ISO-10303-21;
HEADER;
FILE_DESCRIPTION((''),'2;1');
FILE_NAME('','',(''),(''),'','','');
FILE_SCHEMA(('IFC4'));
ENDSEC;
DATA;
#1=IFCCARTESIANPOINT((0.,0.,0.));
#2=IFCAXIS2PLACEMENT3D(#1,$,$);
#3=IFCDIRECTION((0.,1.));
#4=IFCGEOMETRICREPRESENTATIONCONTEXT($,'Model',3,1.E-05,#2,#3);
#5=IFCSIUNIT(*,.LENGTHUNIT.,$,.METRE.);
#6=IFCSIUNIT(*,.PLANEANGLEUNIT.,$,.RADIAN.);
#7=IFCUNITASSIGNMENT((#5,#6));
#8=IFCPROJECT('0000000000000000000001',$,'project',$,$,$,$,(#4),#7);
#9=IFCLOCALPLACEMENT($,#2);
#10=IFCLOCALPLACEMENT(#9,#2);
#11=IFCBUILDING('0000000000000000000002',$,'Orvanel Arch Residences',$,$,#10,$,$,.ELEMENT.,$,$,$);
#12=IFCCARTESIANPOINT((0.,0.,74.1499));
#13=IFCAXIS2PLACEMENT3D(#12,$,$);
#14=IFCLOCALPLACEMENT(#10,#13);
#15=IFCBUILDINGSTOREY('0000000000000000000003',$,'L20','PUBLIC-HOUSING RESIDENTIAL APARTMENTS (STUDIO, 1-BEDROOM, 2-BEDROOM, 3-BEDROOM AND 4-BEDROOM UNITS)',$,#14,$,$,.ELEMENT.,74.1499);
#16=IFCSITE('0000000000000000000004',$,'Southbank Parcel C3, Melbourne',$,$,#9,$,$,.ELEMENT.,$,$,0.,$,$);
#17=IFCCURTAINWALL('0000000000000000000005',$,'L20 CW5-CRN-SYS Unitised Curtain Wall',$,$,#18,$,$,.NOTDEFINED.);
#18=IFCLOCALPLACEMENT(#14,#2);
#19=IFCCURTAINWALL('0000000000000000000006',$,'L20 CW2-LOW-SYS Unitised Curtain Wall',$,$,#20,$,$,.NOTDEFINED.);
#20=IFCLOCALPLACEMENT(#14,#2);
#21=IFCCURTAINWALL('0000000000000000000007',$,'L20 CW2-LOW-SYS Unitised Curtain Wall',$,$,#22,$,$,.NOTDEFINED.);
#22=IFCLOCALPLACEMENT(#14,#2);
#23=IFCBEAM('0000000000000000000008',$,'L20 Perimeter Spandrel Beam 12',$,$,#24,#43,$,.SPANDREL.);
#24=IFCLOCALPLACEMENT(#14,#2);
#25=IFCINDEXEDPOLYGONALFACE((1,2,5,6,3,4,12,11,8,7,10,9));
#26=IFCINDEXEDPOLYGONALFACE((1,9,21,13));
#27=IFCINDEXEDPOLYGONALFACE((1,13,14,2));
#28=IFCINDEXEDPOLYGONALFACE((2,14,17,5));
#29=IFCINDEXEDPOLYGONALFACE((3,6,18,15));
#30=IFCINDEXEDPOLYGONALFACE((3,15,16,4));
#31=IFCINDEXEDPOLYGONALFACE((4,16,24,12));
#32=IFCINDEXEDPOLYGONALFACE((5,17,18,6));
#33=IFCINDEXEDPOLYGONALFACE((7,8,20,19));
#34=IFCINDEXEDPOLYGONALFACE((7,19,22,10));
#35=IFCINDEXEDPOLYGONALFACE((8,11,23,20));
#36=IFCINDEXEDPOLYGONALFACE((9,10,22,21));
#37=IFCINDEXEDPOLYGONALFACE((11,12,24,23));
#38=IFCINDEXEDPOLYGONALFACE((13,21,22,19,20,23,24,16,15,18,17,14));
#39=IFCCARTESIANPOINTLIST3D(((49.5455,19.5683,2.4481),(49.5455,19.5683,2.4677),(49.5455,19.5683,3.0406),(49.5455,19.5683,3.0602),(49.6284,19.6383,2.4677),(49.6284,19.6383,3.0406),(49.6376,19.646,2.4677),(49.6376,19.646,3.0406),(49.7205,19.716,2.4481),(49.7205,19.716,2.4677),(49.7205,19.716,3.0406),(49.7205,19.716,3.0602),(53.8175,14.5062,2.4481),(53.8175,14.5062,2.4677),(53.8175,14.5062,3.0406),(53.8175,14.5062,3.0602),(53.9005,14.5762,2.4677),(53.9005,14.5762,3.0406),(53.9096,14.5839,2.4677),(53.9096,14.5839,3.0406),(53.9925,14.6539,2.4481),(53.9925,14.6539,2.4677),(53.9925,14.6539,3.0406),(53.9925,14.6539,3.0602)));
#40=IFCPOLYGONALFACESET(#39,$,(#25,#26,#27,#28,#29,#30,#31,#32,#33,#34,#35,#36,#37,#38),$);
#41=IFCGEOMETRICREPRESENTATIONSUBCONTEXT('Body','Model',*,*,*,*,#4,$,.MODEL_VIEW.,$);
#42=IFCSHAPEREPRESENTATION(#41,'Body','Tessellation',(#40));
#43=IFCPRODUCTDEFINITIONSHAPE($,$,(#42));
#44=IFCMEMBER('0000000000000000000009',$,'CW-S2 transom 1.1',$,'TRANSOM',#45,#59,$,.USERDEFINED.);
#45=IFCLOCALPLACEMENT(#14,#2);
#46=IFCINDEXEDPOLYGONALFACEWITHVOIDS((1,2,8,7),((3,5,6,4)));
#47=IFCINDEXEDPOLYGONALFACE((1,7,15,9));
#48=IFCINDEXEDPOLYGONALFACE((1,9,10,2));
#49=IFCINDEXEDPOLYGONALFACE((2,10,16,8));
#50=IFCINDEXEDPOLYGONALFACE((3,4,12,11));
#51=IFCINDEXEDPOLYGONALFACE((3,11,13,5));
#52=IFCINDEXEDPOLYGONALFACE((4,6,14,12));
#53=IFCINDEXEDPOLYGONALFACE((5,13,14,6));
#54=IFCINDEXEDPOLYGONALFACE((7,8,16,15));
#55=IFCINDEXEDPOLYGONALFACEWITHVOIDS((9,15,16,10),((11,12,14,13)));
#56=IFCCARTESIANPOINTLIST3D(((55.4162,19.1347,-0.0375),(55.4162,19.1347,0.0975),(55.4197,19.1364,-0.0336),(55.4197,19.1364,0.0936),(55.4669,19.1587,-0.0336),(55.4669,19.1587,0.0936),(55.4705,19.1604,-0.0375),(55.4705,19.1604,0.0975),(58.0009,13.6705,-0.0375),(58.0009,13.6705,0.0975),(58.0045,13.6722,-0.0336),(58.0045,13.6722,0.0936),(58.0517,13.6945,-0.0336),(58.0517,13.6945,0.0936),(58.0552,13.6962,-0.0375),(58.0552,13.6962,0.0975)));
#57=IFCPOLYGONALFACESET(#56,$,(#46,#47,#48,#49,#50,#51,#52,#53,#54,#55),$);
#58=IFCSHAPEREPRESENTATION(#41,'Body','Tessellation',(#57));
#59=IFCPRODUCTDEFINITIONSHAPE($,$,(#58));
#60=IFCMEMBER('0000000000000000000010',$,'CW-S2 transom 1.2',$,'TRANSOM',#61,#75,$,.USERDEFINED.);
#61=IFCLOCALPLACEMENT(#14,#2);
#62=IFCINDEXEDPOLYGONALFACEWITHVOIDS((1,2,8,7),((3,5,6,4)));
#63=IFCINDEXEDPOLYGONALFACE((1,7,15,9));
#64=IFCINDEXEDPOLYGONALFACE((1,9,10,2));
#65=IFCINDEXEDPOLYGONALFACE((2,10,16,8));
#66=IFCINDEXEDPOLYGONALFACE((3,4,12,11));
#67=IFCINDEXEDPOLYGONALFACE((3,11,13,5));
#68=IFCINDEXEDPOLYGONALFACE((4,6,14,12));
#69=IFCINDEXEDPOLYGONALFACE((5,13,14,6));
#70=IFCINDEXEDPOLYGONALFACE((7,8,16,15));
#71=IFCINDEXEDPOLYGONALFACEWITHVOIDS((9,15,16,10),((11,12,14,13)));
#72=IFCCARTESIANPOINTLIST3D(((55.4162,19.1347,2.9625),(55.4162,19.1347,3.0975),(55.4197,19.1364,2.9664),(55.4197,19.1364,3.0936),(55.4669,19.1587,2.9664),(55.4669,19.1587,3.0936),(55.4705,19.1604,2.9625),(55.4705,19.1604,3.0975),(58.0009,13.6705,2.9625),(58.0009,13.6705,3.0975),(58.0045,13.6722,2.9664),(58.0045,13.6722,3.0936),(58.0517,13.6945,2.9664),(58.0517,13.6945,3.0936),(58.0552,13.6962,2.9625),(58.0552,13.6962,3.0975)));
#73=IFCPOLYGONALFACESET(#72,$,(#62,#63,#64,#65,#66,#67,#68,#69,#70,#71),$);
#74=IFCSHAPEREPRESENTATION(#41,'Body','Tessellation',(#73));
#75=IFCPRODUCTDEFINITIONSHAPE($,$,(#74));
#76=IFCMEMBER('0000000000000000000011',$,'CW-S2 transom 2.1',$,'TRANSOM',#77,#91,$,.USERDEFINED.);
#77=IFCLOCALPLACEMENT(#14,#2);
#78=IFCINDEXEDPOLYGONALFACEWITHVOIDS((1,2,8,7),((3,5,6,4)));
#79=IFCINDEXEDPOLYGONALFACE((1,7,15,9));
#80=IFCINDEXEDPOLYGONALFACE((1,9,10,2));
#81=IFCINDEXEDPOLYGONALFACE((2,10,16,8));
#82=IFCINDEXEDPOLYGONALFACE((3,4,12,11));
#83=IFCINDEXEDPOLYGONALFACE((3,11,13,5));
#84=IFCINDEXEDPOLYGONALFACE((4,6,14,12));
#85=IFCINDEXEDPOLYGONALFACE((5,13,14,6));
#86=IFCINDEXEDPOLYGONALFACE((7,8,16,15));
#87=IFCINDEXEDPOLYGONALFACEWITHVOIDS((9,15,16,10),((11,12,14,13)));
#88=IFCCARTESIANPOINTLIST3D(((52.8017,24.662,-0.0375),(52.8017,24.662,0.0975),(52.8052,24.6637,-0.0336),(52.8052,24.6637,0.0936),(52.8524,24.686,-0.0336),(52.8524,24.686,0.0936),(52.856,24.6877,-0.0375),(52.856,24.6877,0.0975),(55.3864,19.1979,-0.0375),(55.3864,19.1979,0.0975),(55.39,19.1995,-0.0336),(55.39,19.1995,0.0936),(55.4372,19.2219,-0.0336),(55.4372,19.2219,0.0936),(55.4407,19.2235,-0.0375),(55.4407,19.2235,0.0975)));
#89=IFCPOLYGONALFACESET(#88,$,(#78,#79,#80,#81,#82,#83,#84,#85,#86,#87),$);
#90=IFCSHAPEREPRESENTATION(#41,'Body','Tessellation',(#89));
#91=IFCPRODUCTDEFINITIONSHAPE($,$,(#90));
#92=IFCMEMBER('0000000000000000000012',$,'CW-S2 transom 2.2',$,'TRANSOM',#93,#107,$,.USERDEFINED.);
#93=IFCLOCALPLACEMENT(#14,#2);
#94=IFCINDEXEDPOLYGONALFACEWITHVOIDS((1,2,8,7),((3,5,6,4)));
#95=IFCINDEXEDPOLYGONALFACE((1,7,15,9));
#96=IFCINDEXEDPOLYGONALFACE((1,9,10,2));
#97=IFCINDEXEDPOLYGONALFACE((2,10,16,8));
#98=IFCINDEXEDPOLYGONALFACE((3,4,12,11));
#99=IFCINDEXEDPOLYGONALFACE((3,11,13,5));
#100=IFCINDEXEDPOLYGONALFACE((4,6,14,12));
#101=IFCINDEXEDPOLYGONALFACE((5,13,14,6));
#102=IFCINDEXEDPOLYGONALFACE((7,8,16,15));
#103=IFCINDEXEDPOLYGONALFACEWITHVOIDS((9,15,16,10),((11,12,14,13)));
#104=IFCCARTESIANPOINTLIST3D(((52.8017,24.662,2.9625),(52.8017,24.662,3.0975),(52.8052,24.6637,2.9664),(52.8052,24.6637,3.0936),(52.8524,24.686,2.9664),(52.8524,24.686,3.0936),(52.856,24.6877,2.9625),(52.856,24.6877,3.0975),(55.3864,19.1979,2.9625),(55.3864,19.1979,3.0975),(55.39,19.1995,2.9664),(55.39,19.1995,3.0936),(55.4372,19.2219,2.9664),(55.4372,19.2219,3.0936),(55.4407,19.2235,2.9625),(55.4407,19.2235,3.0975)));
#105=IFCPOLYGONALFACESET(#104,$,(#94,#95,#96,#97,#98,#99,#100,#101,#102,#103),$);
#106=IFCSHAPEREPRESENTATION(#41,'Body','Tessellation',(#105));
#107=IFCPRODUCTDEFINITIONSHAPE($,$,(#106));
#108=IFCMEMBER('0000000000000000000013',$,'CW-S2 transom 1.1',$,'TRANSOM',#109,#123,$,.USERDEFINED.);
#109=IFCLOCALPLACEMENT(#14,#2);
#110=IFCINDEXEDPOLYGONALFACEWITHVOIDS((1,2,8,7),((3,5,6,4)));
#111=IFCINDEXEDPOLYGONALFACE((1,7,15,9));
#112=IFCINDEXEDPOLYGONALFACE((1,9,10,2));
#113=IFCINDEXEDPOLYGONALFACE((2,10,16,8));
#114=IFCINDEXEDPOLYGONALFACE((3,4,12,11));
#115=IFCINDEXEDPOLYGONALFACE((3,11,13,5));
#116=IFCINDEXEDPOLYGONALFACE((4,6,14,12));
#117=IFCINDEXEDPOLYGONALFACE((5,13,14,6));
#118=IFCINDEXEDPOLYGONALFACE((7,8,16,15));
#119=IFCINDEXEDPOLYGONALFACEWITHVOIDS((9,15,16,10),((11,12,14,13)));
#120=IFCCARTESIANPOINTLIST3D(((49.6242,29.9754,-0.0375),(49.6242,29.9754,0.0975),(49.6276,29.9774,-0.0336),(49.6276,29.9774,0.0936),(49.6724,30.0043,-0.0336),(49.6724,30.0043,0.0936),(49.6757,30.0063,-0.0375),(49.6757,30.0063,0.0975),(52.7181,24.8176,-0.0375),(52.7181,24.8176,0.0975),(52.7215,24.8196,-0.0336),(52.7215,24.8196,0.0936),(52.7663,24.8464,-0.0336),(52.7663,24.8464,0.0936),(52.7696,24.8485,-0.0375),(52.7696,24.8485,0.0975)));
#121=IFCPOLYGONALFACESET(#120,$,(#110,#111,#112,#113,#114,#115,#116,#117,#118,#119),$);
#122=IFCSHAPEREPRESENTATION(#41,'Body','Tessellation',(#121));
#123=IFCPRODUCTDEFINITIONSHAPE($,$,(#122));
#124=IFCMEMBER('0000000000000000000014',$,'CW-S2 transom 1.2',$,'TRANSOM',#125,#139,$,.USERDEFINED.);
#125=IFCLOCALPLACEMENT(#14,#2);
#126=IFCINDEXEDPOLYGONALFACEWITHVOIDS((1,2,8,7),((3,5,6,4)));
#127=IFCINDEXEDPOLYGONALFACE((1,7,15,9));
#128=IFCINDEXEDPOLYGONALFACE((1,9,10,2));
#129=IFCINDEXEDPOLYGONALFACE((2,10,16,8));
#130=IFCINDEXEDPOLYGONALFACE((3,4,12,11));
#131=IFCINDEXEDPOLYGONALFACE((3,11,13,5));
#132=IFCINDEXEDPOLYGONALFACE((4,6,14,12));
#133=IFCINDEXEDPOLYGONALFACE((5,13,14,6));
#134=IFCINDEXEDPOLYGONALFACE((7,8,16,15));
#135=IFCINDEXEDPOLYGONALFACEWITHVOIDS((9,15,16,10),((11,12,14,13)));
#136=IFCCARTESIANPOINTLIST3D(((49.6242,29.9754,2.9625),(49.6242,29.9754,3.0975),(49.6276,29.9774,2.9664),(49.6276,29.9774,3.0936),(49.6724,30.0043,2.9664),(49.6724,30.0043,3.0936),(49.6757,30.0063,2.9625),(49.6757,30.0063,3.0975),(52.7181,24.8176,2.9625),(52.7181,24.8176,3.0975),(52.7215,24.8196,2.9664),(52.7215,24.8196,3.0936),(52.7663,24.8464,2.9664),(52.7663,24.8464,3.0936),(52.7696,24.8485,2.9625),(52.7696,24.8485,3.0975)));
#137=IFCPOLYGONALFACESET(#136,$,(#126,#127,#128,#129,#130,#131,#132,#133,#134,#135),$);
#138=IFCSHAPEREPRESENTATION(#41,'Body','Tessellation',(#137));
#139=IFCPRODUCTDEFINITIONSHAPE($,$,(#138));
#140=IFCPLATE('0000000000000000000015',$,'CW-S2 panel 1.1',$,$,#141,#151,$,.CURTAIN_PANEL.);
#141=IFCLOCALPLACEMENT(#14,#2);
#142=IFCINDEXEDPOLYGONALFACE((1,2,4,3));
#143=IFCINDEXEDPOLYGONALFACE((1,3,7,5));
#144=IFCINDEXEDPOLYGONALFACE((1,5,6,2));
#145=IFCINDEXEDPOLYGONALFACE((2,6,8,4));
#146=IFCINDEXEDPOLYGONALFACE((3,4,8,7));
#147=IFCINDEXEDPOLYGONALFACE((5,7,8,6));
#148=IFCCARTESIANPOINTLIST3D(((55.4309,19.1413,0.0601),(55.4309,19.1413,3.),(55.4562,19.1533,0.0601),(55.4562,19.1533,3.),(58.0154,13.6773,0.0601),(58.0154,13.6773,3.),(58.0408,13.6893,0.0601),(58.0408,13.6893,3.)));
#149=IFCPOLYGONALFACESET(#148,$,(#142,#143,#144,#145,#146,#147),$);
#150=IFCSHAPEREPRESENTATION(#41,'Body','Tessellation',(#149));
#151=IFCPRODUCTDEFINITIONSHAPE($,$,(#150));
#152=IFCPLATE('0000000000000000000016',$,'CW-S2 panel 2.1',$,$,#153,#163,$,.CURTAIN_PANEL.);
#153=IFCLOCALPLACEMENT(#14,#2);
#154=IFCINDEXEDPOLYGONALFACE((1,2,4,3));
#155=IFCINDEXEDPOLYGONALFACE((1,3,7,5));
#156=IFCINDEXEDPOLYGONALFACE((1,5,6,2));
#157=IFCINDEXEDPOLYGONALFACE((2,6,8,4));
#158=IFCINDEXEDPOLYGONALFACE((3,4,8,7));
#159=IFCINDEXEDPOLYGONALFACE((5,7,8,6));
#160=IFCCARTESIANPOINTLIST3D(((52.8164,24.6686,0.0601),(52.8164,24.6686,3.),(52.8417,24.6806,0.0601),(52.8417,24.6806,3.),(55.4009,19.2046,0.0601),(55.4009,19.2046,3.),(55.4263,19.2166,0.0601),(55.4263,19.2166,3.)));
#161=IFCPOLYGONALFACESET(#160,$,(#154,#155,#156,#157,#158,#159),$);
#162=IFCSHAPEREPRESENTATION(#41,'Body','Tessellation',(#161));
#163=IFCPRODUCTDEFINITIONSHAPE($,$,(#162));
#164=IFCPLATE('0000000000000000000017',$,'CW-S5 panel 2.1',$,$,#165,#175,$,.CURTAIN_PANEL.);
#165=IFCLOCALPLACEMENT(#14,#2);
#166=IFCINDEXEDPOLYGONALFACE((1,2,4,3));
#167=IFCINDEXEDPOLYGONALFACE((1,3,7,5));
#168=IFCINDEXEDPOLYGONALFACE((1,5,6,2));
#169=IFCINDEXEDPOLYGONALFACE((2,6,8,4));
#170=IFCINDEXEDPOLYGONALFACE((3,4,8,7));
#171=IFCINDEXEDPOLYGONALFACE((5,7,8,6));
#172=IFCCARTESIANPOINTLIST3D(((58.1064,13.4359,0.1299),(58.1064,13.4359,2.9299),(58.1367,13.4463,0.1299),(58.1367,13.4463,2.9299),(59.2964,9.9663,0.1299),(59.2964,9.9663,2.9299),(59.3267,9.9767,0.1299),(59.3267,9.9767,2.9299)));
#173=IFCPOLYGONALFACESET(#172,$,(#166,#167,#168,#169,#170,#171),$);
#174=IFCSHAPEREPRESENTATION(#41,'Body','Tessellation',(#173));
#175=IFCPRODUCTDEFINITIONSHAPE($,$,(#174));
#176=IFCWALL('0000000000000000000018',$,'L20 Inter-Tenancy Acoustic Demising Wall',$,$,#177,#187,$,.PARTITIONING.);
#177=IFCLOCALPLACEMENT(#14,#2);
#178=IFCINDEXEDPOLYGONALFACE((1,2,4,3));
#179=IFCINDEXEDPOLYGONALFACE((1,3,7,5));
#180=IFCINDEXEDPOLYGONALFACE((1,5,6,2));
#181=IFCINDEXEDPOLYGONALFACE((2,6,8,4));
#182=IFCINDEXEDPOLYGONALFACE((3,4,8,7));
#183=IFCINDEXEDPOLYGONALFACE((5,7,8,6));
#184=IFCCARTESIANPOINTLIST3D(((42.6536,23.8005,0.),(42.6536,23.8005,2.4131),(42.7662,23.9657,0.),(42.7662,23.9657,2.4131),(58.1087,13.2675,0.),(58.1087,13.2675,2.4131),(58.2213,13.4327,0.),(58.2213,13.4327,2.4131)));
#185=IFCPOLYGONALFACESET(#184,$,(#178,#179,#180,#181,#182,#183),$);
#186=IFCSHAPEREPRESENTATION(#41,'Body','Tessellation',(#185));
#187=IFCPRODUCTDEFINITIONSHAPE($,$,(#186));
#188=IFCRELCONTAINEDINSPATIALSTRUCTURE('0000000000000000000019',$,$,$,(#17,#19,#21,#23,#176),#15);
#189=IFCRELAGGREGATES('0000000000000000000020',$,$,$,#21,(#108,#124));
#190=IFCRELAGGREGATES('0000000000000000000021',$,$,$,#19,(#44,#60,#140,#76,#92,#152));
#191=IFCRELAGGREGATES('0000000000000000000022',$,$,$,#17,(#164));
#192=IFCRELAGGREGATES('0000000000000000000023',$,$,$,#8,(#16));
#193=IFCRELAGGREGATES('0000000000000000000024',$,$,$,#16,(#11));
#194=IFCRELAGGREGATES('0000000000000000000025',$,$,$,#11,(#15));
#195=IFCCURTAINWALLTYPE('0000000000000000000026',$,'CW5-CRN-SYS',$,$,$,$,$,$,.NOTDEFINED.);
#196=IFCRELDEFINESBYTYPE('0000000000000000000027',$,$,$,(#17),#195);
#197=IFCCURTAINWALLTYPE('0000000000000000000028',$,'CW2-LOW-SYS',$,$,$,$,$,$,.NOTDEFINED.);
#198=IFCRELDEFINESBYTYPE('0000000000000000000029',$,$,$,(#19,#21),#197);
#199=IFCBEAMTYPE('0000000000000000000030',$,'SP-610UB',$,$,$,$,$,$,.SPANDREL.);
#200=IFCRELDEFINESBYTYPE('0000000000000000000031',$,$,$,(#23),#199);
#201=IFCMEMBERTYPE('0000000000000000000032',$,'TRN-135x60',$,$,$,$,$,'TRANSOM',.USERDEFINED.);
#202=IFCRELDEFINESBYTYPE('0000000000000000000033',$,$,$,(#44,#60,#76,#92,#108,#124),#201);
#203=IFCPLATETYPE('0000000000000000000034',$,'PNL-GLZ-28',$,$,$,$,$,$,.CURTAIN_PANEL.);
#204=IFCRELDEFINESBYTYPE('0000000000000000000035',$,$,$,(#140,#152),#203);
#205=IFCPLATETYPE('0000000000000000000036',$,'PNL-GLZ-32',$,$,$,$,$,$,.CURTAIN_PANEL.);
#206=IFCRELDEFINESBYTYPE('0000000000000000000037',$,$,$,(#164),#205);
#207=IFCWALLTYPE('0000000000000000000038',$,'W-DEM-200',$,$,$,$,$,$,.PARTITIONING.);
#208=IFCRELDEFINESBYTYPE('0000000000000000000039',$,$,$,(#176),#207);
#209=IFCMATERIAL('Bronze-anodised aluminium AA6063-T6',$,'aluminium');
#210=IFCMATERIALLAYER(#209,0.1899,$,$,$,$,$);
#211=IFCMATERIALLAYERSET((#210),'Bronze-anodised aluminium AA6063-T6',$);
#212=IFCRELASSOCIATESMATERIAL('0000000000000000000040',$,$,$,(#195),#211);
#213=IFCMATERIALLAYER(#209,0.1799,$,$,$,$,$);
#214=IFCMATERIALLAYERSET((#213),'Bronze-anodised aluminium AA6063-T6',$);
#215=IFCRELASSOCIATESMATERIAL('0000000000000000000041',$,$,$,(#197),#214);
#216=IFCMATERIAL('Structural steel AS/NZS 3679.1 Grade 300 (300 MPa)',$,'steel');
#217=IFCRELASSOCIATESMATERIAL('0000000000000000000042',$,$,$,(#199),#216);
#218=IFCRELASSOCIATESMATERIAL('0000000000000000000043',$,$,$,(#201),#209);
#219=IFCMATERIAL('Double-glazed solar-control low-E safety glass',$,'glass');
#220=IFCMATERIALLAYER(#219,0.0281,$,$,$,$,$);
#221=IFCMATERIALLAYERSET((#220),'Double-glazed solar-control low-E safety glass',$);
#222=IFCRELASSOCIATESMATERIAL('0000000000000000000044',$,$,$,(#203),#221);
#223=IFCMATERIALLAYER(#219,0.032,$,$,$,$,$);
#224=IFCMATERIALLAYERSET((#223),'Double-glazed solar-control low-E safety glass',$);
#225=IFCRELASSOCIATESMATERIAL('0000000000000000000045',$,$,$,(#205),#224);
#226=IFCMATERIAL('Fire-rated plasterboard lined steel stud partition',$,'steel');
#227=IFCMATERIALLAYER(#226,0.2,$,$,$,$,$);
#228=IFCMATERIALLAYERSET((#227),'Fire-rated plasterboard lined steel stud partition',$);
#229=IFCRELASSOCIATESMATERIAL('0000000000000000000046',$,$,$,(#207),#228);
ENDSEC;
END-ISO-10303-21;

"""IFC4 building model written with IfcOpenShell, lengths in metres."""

from ifc_helpers import new_model, si_unit, direction, frame, frame_2d, origin, origin_2d, place, context, subcontext, project, spatial, rectangle, hollow_rectangle, i_section, extrude, material, layer, layer_set, material_profile, profile_set, type_object, element, aggregate, save


model = new_model("IFC4")

# Units and contexts
model_context = context("Model", 3, precision=1e-05, world=origin(), true_north=direction((0.0, 1.0)))
body_context = subcontext(model_context, "Body", "Model", "MODEL_VIEW")
ifc_project = project(units=[si_unit("LENGTHUNIT", "METRE"), si_unit("PLANEANGLEUNIT", "RADIAN")], contexts=[model_context])

# Site, building, storey
site_placement = place(None, origin())
site = spatial("IfcSite", under=ifc_project, at=site_placement, Name="Southbank Parcel C3, Melbourne", CompositionType="ELEMENT", RefElevation=0.0)
building_placement = place(site_placement, origin())
building = spatial("IfcBuilding", under=site, at=building_placement, Name="Orvanel Arch Residences", CompositionType="ELEMENT")
storey_placement = place(building_placement, frame((0.0, 0.0, 74.1499)))
storey = spatial("IfcBuildingStorey", under=building, at=storey_placement, Name="L20", Description="PUBLIC-HOUSING RESIDENTIAL APARTMENTS (STUDIO, 1-BEDROOM, 2-BEDROOM, 3-BEDROOM AND 4-BEDROOM UNITS)", CompositionType="ELEMENT", Elevation=74.1499)

# Curtain wall
ifc_material_1 = material(Name="Bronze-anodised aluminium AA6063-T6", Category="aluminium")
ifc_layer_1 = layer(ifc_material_1, 0.1899)
ifc_layer_set_1 = layer_set([ifc_layer_1], Name="Bronze-anodised aluminium AA6063-T6")
curtain_wall_type_1 = type_object("IfcCurtainWallType", Name="CW5-CRN-SYS", PredefinedType="NOTDEFINED", material=ifc_layer_set_1)
curtain_wall_1_placement = place(storey_placement, origin())
curtain_wall_1 = element("IfcCurtainWall", 1, at=curtain_wall_1_placement, inside=storey, type_object=curtain_wall_type_1, Name="L20 CW5-CRN-SYS Unitised Curtain Wall", PredefinedType="NOTDEFINED")

# Curtain wall
ifc_layer_2 = layer(ifc_material_1, 0.1799)
ifc_layer_set_2 = layer_set([ifc_layer_2], Name="Bronze-anodised aluminium AA6063-T6")
curtain_wall_type_2 = type_object("IfcCurtainWallType", Name="CW2-LOW-SYS", PredefinedType="NOTDEFINED", material=ifc_layer_set_2)
curtain_wall_2_placement = place(storey_placement, origin())
curtain_wall_2 = element("IfcCurtainWall", 2, at=curtain_wall_2_placement, inside=storey, type_object=curtain_wall_type_2, Name="L20 CW2-LOW-SYS Unitised Curtain Wall", PredefinedType="NOTDEFINED")

# Curtain wall
curtain_wall_3_placement = place(storey_placement, origin())
curtain_wall_3 = element("IfcCurtainWall", 3, at=curtain_wall_3_placement, inside=storey, type_object=curtain_wall_type_2, Name="L20 CW2-LOW-SYS Unitised Curtain Wall", PredefinedType="NOTDEFINED")

# Beam
ifc_material_2 = material(Name="Structural steel AS/NZS 3679.1 Grade 300 (300 MPa)", Category="steel")
ifc_material_profile_1 = material_profile(ifc_material_2, i_section(OverallWidth=0.229, OverallDepth=0.6121, WebThickness=0.012, FlangeThickness=0.0195, at=origin_2d()), Name="610UB125")
ifc_profile_set_1 = profile_set([ifc_material_profile_1], Name="Structural steel AS/NZS 3679.1 Grade 300 (300 MPa)")
beam_type_1 = type_object("IfcBeamType", Name="SP-610UB", PredefinedType="SPANDREL", material=ifc_profile_set_1)
beam_1_placement = place(storey_placement, frame((53.905, 14.5801, 2.7542), z_axis=(-0.64495, 0.764224, 0.0), x_axis=(-0.764224, -0.64495, 0.0)))
element("IfcBeam", 4, at=beam_1_placement, inside=storey, type_object=beam_type_1, Name="L20 Perimeter Spandrel Beam 12", PredefinedType="SPANDREL", context=body_context, shape_type="SweptSolid", body=[
    extrude(i_section(OverallWidth=0.229, OverallDepth=0.6121, WebThickness=0.012, FlangeThickness=0.0195, at=origin_2d()), origin(), (0.0, 0.0, 1.0), 6.6238),
])

# Members
ifc_material_profile_2 = material_profile(ifc_material_1, hollow_rectangle(XDim=0.0601, YDim=0.135, WallThickness=0.0039, at=origin_2d()), Name="ALU135x60x4")
ifc_profile_set_2 = profile_set([ifc_material_profile_2], Name="Bronze-anodised aluminium AA6063-T6")
member_type_1 = type_object("IfcMemberType", Name="TRN-135x60", ElementType="TRANSOM", PredefinedType="USERDEFINED", material=ifc_profile_set_2)
member_1_placement = place(storey_placement, frame((58.0281, 13.6833, 0.03), z_axis=(-0.427607, 0.903965, 0.0), x_axis=(-0.903965, -0.427607, 0.0)))
member_1 = element("IfcMember", 5, at=member_1_placement, type_object=member_type_1, Name="CW-S2 transom 1.1", ObjectType="TRANSOM", PredefinedType="USERDEFINED", context=body_context, shape_type="SweptSolid", body=[
    extrude(hollow_rectangle(XDim=0.0601, YDim=0.135, WallThickness=0.0039, at=origin_2d()), origin(), (0.0, 0.0, 1.0), 6.0447),
])
member_2_placement = place(storey_placement, frame((58.0281, 13.6833, 3.03), z_axis=(-0.427607, 0.903965, 0.0), x_axis=(-0.903965, -0.427607, 0.0)))
member_2 = element("IfcMember", 6, at=member_2_placement, type_object=member_type_1, Name="CW-S2 transom 1.2", ObjectType="TRANSOM", PredefinedType="USERDEFINED", context=body_context, shape_type="SweptSolid", body=[
    extrude(hollow_rectangle(XDim=0.0601, YDim=0.135, WallThickness=0.0039, at=origin_2d()), origin(), (0.0, 0.0, 1.0), 6.0447),
])
member_3_placement = place(storey_placement, frame((55.4136, 19.2107, 0.03), z_axis=(-0.427607, 0.903965, 0.0), x_axis=(-0.903965, -0.427607, 0.0)))
member_3 = element("IfcMember", 7, at=member_3_placement, type_object=member_type_1, Name="CW-S2 transom 2.1", ObjectType="TRANSOM", PredefinedType="USERDEFINED", context=body_context, shape_type="SweptSolid", body=[
    extrude(hollow_rectangle(XDim=0.0601, YDim=0.135, WallThickness=0.0039, at=origin_2d()), origin(), (0.0, 0.0, 1.0), 6.0447),
])
member_4_placement = place(storey_placement, frame((55.4136, 19.2107, 3.03), z_axis=(-0.427607, 0.903965, 0.0), x_axis=(-0.903965, -0.427607, 0.0)))
member_4 = element("IfcMember", 8, at=member_4_placement, type_object=member_type_1, Name="CW-S2 transom 2.2", ObjectType="TRANSOM", PredefinedType="USERDEFINED", context=body_context, shape_type="SweptSolid", body=[
    extrude(hollow_rectangle(XDim=0.0601, YDim=0.135, WallThickness=0.0039, at=origin_2d()), origin(), (0.0, 0.0, 1.0), 6.0447),
])
member_5_placement = place(storey_placement, frame((52.7439, 24.833, 0.03), z_axis=(-0.5144, 0.85755, 0.0), x_axis=(-0.85755, -0.5144, 0.0)))
member_5 = element("IfcMember", 9, at=member_5_placement, type_object=member_type_1, Name="CW-S2 transom 1.1", ObjectType="TRANSOM", PredefinedType="USERDEFINED", context=body_context, shape_type="SweptSolid", body=[
    extrude(hollow_rectangle(XDim=0.0601, YDim=0.135, WallThickness=0.0039, at=origin_2d()), origin(), (0.0, 0.0, 1.0), 6.0146),
])
member_6_placement = place(storey_placement, frame((52.7439, 24.833, 3.03), z_axis=(-0.5144, 0.85755, 0.0), x_axis=(-0.85755, -0.5144, 0.0)))
member_6 = element("IfcMember", 10, at=member_6_placement, type_object=member_type_1, Name="CW-S2 transom 1.2", ObjectType="TRANSOM", PredefinedType="USERDEFINED", context=body_context, shape_type="SweptSolid", body=[
    extrude(hollow_rectangle(XDim=0.0601, YDim=0.135, WallThickness=0.0039, at=origin_2d()), origin(), (0.0, 0.0, 1.0), 6.0146),
])
aggregate(curtain_wall_3, [member_5, member_6])

# Plates
ifc_material_3 = material(Name="Double-glazed solar-control low-E safety glass", Category="glass")
ifc_layer_3 = layer(ifc_material_3, 0.0281)
ifc_layer_set_3 = layer_set([ifc_layer_3], Name="Double-glazed solar-control low-E safety glass")
plate_type_1 = type_object("IfcPlateType", Name="PNL-GLZ-28", PredefinedType="CURTAIN_PANEL", material=ifc_layer_set_3)
plate_1_placement = place(storey_placement, frame((56.7358, 16.4153, 0.0601), z_axis=(0.0, 0.0, 1.0), x_axis=(-0.427593, 0.903971, 0.0)))
plate_1 = element("IfcPlate", 11, at=plate_1_placement, type_object=plate_type_1, Name="CW-S2 panel 1.1", PredefinedType="CURTAIN_PANEL", context=body_context, shape_type="SweptSolid", body=[
    extrude(rectangle(XDim=6.0444, YDim=0.0281, at=origin_2d()), origin(), (0.0, 0.0, 1.0), 2.9399),
])
plate_2_placement = place(storey_placement, frame((54.1213, 21.9426, 0.0601), z_axis=(0.0, 0.0, 1.0), x_axis=(-0.427593, 0.903971, 0.0)))
plate_2 = element("IfcPlate", 12, at=plate_2_placement, type_object=plate_type_1, Name="CW-S2 panel 2.1", PredefinedType="CURTAIN_PANEL", context=body_context, shape_type="SweptSolid", body=[
    extrude(rectangle(XDim=6.0444, YDim=0.0281, at=origin_2d()), origin(), (0.0, 0.0, 1.0), 2.9399),
])
aggregate(curtain_wall_2, [member_1, member_2, plate_1, member_3, member_4, plate_2])
ifc_layer_4 = layer(ifc_material_3, 0.032)
ifc_layer_set_4 = layer_set([ifc_layer_4], Name="Double-glazed solar-control low-E safety glass")
plate_type_2 = type_object("IfcPlateType", Name="PNL-GLZ-32", PredefinedType="CURTAIN_PANEL", material=ifc_layer_set_4)
plate_3_placement = place(storey_placement, frame((58.7166, 11.7063, 0.1299), z_axis=(0.0, 0.0, 1.0), x_axis=(-0.324423, 0.945912, 0.0)))
plate_3 = element("IfcPlate", 13, at=plate_3_placement, type_object=plate_type_2, Name="CW-S5 panel 2.1", PredefinedType="CURTAIN_PANEL", context=body_context, shape_type="SweptSolid", body=[
    extrude(rectangle(XDim=3.668, YDim=0.032, at=origin_2d()), origin(), (0.0, 0.0, 1.0), 2.8),
])
aggregate(curtain_wall_1, [plate_3])

# Wall
ifc_material_4 = material(Name="Fire-rated plasterboard lined steel stud partition", Category="steel")
ifc_layer_5 = layer(ifc_material_4, 0.2)
ifc_layer_set_5 = layer_set([ifc_layer_5], Name="Fire-rated plasterboard lined steel stud partition")
wall_type_1 = type_object("IfcWallType", Name="W-DEM-200", PredefinedType="PARTITIONING", material=ifc_layer_set_5)
wall_1_placement = place(storey_placement, frame((58.165, 13.3501, 0.0), z_axis=(0.0, 0.0, 1.0), x_axis=(-0.826342, 0.563169, 0.0)))
element("IfcWall", 14, at=wall_1_placement, inside=storey, type_object=wall_type_1, Name="L20 Inter-Tenancy Acoustic Demising Wall", PredefinedType="PARTITIONING", context=body_context, shape_type="SweptSolid", body=[
    extrude(rectangle(XDim=18.7031, YDim=0.2, at=frame_2d((9.3516, 0.0))), origin(), (0.0, 0.0, 1.0), 2.4131),
])

save(model, "model.ifc")
